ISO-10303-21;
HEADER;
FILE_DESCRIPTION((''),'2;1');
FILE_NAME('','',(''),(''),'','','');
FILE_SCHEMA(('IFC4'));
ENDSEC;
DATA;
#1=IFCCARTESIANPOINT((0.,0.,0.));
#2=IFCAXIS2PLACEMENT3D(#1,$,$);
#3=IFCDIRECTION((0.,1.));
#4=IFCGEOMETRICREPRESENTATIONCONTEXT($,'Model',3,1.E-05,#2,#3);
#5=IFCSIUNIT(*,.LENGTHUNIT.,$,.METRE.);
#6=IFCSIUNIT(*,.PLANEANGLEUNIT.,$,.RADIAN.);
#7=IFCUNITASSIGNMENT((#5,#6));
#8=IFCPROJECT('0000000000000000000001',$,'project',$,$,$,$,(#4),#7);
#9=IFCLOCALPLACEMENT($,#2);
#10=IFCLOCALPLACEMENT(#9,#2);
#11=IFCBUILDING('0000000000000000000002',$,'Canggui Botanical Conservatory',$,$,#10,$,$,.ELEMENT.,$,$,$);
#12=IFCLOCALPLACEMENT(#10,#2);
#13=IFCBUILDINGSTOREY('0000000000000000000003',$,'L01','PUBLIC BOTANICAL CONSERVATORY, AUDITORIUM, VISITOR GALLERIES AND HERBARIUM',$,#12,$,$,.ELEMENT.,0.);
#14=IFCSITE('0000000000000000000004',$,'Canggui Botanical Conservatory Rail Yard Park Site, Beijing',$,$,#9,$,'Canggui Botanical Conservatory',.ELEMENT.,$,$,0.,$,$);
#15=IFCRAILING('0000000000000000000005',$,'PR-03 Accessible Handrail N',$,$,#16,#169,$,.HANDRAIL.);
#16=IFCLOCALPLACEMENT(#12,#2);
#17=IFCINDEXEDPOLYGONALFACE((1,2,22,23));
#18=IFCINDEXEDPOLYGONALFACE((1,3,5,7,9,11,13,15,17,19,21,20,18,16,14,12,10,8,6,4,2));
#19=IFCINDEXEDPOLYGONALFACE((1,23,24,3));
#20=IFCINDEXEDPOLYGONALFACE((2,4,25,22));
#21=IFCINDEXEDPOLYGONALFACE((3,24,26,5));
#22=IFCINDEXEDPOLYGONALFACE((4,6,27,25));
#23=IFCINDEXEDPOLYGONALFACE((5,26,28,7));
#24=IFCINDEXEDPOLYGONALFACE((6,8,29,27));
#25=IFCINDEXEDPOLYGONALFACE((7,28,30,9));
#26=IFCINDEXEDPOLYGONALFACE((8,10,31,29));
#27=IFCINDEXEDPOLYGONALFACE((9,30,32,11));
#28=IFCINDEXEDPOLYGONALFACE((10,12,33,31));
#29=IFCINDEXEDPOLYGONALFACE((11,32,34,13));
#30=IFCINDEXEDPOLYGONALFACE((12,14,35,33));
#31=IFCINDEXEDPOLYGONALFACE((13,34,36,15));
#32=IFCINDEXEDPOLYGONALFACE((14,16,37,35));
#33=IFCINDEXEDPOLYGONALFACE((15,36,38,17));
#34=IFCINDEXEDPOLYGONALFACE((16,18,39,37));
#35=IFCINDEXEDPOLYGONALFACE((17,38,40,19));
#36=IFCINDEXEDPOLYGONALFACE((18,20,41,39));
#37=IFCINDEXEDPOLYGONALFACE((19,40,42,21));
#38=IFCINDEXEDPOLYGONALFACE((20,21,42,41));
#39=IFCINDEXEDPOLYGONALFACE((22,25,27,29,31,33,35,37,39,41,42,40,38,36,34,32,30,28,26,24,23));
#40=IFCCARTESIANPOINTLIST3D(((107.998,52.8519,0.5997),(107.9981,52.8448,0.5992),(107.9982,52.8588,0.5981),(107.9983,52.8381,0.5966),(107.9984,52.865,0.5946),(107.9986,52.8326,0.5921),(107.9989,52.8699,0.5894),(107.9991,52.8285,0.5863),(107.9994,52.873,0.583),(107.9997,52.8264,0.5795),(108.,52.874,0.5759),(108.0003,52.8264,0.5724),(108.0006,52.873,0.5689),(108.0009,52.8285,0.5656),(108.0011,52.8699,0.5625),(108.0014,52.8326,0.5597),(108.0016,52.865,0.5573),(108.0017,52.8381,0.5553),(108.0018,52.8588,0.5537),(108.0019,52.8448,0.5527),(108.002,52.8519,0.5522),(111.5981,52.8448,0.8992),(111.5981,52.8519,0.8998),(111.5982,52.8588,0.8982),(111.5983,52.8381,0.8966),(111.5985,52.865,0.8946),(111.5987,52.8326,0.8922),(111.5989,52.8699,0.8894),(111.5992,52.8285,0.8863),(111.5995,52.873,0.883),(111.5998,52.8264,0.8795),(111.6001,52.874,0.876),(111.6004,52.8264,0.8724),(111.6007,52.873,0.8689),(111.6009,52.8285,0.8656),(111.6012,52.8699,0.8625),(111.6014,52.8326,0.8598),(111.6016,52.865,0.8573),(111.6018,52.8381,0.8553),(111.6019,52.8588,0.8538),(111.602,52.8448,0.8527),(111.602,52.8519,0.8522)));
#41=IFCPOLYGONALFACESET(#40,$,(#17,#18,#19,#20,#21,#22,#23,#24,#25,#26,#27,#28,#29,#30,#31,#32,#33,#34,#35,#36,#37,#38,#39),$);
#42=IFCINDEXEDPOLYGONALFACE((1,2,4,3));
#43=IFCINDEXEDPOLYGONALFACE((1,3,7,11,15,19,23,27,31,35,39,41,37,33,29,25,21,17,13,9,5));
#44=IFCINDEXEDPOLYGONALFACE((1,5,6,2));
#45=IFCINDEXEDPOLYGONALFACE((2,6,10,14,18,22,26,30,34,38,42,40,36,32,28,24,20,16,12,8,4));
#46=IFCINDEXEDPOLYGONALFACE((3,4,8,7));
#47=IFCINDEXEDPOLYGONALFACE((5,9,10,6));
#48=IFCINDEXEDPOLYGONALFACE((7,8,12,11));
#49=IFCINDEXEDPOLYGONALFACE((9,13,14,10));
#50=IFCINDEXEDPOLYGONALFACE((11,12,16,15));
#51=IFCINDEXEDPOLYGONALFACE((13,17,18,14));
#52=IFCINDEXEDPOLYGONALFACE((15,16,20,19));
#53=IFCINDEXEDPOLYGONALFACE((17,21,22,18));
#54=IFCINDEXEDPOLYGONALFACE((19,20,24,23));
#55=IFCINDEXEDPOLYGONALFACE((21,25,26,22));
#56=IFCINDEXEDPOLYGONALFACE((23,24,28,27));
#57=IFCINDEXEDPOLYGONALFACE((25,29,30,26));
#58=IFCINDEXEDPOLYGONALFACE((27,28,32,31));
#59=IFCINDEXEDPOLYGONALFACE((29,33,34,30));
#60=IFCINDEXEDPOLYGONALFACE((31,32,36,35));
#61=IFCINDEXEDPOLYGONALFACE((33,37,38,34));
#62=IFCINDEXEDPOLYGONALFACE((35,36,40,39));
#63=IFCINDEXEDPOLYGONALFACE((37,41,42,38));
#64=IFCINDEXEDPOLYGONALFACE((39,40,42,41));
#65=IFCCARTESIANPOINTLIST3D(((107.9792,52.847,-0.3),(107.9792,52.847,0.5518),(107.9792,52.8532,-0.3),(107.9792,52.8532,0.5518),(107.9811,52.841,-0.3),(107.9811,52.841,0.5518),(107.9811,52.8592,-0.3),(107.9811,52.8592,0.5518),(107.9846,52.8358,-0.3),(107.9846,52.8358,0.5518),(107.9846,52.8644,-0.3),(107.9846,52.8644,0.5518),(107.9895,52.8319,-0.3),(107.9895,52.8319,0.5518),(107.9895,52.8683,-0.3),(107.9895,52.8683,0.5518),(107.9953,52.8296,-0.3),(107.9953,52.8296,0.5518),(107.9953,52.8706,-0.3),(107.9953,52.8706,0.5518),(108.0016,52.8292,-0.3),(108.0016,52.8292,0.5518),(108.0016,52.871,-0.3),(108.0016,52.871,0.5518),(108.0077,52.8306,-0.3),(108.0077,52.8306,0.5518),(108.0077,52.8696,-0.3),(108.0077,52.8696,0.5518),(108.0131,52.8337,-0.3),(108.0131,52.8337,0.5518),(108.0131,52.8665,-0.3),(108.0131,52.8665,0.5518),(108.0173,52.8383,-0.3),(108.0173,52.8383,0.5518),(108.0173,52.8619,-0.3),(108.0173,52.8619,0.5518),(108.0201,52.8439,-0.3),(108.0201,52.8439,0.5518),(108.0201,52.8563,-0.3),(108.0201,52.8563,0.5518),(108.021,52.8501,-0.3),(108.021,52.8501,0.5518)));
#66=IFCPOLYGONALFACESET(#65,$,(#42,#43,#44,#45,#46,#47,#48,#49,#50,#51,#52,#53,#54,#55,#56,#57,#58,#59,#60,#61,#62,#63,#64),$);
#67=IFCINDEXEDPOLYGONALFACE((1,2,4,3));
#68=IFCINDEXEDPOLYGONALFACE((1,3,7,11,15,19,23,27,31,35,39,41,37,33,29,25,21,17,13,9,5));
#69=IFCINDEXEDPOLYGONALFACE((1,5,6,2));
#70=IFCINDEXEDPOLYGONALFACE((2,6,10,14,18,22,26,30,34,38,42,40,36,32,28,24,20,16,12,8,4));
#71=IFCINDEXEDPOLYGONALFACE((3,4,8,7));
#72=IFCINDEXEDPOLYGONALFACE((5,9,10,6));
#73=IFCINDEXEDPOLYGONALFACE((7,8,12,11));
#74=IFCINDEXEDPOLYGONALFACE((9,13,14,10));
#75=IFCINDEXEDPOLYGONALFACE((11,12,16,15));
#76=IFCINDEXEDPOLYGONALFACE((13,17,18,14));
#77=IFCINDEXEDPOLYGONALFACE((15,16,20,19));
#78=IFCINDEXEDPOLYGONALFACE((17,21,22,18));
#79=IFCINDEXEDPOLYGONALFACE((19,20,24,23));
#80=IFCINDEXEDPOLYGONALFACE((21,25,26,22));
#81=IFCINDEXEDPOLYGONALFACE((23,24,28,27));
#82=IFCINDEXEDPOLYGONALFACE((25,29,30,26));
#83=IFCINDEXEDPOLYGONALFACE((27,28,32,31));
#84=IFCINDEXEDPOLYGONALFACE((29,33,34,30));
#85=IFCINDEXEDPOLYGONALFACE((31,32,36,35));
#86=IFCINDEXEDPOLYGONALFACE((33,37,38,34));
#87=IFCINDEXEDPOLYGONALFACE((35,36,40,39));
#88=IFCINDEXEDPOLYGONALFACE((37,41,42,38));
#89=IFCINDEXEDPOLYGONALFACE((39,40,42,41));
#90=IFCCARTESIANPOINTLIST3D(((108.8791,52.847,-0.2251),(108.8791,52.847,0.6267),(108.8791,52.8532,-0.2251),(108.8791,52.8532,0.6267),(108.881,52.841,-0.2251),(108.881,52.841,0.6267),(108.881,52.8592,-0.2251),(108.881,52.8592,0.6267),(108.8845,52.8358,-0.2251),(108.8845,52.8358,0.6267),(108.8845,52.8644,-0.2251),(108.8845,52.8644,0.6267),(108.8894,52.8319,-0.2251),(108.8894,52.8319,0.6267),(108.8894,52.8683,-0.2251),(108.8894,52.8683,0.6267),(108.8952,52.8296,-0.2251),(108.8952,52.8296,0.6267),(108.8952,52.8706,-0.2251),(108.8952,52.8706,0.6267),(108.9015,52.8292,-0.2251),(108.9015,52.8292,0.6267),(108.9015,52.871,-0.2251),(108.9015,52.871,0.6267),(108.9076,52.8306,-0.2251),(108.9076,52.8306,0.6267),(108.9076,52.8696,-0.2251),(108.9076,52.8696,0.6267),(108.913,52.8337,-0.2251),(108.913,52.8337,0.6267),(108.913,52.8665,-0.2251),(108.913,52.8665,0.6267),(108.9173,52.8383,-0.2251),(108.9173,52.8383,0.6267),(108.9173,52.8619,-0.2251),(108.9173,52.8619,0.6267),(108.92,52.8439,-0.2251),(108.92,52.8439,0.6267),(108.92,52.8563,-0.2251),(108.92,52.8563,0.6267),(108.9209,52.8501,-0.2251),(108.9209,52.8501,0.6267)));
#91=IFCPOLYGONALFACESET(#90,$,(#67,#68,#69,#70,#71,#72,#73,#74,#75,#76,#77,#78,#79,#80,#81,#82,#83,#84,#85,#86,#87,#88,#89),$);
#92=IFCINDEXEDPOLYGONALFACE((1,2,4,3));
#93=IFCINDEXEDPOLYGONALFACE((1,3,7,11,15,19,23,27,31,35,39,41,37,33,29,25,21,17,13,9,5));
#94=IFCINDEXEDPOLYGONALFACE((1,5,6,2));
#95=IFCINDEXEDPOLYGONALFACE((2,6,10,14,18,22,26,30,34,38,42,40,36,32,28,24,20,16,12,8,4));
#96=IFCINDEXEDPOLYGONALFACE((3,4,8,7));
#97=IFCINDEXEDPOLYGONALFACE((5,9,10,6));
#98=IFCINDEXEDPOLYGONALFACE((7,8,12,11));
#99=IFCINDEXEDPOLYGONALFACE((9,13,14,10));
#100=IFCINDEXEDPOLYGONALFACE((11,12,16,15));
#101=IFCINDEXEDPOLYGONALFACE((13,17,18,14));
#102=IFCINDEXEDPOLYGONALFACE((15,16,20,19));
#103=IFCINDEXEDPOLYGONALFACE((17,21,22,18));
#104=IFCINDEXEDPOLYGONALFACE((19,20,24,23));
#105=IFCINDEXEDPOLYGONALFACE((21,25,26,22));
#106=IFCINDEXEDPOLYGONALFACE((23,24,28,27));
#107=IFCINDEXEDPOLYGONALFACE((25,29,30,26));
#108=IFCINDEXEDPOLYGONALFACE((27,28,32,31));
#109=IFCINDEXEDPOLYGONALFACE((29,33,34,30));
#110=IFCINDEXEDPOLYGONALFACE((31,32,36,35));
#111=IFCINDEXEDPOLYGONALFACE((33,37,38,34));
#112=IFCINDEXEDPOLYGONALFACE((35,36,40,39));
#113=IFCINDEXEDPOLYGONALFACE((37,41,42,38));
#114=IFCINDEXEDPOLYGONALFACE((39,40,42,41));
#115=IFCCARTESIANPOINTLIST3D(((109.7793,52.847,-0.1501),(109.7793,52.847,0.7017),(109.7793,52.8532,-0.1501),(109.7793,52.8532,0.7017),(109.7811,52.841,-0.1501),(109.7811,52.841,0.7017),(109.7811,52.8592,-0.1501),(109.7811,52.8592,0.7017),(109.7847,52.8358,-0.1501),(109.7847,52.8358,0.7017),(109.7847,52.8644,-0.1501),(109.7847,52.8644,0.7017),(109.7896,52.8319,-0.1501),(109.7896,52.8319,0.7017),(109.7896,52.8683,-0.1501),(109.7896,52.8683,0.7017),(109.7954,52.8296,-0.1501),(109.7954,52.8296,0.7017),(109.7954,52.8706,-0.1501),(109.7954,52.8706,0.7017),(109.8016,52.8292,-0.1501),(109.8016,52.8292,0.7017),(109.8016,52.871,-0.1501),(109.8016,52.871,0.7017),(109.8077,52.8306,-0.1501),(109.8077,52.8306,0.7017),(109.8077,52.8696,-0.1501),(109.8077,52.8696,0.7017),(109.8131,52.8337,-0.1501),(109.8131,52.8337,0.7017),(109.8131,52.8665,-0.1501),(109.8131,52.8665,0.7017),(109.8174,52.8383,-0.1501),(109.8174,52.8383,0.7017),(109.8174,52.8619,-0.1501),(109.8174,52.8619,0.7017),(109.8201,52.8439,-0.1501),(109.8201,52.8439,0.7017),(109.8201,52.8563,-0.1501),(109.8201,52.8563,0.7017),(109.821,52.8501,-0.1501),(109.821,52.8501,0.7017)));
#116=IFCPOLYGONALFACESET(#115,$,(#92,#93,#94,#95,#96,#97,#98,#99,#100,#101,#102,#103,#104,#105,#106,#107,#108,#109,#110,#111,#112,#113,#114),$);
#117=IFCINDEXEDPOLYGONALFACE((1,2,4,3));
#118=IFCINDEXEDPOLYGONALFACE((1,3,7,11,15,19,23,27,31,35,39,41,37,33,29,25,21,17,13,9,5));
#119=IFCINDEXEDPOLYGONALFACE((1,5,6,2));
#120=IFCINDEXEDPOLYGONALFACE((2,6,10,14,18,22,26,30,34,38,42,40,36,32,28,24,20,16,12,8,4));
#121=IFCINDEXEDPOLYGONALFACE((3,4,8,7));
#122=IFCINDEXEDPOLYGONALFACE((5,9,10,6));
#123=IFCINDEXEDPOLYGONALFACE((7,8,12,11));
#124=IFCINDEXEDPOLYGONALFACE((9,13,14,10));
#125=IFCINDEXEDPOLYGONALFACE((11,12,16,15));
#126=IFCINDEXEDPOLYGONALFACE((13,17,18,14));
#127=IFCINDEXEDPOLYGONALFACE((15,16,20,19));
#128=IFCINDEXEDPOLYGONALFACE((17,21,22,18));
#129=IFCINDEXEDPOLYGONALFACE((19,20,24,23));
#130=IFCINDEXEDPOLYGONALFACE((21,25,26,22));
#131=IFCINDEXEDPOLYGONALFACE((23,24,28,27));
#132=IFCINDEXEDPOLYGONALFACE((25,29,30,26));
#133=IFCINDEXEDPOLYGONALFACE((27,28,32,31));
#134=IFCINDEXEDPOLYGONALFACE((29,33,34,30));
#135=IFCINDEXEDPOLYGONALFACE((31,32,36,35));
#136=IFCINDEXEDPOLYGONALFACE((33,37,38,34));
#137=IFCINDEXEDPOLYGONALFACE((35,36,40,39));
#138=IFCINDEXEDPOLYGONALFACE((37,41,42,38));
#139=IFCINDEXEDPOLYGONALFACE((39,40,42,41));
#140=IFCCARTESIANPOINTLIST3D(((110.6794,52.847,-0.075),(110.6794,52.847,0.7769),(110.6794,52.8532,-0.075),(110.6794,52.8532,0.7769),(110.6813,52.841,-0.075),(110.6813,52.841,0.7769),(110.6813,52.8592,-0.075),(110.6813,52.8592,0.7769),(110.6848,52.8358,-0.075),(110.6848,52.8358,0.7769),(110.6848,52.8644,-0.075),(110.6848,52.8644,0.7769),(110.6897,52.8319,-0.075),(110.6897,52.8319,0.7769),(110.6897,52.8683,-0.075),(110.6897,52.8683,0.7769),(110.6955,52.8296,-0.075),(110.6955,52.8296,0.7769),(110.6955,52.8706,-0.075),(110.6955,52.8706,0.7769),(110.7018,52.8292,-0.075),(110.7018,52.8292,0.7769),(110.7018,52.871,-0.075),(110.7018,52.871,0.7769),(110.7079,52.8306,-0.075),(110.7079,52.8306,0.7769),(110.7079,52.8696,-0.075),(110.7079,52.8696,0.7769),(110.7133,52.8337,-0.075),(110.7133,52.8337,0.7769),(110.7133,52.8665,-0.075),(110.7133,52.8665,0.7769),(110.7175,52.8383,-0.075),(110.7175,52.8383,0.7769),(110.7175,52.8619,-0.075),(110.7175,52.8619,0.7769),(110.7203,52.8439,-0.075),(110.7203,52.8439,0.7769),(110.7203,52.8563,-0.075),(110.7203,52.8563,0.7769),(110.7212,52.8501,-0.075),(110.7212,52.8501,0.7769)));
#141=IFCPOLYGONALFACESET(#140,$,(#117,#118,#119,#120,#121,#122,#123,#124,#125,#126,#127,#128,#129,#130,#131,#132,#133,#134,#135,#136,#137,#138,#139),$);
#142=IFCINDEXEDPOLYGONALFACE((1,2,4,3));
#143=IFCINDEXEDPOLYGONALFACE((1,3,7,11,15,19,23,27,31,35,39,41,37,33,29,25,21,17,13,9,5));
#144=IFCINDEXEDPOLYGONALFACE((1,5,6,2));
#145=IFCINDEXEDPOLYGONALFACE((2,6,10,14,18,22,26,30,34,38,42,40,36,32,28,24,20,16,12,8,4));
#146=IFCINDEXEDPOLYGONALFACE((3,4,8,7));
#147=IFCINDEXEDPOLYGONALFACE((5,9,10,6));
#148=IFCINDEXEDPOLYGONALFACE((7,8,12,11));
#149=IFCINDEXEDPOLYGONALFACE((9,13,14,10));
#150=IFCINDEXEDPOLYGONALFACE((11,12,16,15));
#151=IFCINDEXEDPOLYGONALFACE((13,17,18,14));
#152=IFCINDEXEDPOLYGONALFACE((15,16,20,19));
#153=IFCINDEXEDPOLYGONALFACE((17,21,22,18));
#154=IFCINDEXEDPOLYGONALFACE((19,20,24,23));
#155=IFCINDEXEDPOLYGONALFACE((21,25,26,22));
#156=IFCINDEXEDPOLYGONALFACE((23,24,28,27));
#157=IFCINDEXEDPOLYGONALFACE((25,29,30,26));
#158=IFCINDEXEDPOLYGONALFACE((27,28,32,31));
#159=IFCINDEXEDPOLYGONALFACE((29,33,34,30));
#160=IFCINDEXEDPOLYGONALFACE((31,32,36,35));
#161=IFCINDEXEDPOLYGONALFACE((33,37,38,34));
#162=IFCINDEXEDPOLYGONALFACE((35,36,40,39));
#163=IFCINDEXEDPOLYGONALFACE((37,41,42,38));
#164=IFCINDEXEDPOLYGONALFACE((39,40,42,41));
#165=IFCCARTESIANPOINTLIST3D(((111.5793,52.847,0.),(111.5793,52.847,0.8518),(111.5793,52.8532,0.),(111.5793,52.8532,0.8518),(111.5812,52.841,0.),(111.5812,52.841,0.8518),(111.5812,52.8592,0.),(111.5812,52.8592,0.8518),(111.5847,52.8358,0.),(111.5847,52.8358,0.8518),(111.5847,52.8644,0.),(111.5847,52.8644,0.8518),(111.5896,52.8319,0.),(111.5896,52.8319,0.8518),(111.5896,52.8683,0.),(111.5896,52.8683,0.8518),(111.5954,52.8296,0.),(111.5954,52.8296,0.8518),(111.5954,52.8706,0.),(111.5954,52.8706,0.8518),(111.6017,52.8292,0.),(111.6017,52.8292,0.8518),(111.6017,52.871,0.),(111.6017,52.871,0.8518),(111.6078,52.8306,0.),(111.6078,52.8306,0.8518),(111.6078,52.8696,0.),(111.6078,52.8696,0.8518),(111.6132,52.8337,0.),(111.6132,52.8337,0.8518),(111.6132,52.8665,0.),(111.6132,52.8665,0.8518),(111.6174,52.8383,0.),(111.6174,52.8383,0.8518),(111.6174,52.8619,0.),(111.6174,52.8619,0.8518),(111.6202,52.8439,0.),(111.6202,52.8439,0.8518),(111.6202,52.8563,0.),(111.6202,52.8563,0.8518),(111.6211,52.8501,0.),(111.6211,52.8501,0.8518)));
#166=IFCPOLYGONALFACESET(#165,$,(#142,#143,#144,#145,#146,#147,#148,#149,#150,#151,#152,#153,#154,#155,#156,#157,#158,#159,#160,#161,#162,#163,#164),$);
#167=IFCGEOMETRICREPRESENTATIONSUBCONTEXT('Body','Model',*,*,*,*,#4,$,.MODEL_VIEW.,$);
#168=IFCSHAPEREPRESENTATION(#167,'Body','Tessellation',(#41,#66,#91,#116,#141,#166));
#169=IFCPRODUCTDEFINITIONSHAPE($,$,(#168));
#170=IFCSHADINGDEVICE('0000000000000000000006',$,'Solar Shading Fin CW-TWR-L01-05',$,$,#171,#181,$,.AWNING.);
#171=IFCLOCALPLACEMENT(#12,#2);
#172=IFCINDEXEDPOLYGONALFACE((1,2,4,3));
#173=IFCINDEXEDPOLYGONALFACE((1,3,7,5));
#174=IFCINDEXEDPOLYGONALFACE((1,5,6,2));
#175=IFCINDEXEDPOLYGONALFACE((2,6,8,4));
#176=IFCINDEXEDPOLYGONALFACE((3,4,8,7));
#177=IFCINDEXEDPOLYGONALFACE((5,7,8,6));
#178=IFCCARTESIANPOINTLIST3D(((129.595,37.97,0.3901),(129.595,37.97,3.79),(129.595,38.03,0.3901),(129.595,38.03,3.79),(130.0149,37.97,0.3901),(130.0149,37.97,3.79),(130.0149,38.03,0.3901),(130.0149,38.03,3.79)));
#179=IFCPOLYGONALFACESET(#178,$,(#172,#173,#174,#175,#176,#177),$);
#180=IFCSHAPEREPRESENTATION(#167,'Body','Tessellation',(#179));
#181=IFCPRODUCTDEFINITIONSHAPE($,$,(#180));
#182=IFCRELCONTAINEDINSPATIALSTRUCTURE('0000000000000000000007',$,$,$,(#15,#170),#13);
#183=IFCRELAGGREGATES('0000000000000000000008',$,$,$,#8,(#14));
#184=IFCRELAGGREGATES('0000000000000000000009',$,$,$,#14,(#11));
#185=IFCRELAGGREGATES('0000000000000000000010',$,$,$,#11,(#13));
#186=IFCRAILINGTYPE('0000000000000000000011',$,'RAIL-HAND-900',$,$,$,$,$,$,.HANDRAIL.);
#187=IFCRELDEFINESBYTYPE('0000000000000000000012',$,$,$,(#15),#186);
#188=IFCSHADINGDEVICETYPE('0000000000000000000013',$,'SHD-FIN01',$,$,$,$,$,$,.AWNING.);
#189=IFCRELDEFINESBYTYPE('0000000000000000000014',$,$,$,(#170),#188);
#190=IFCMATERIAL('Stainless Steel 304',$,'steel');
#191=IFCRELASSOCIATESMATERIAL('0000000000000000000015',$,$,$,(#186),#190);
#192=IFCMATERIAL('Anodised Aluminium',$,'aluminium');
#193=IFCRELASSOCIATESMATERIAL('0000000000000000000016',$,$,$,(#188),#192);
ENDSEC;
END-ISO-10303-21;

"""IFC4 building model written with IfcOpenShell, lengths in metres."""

from ifc_helpers import new_model, si_unit, direction, frame, origin, origin_2d, place, context, subcontext, project, spatial, rectangle, circle, extrude, material, type_object, element, save


model = new_model("IFC4")

# Units and contexts
model_context = context("Model", 3, precision=1e-05, world=origin(), true_north=direction((0.0, 1.0)))
body_context = subcontext(model_context, "Body", "Model", "MODEL_VIEW")
ifc_project = project(units=[si_unit("LENGTHUNIT", "METRE"), si_unit("PLANEANGLEUNIT", "RADIAN")], contexts=[model_context])

# Site, building, storey
site_placement = place(None, origin())
site = spatial("IfcSite", under=ifc_project, at=site_placement, Name="Canggui Botanical Conservatory Rail Yard Park Site, Beijing", LongName="Canggui Botanical Conservatory", CompositionType="ELEMENT", RefElevation=0.0)
building_placement = place(site_placement, origin())
building = spatial("IfcBuilding", under=site, at=building_placement, Name="Canggui Botanical Conservatory", CompositionType="ELEMENT")
storey_placement = place(building_placement, origin())
storey = spatial("IfcBuildingStorey", under=building, at=storey_placement, Name="L01", Description="PUBLIC BOTANICAL CONSERVATORY, AUDITORIUM, VISITOR GALLERIES AND HERBARIUM", CompositionType="ELEMENT", Elevation=0.0)

# Railing
ifc_material_1 = material(Name="Stainless Steel 304", Category="steel")
railing_type = type_object("IfcRailingType", Name="RAIL-HAND-900", PredefinedType="HANDRAIL", material=ifc_material_1)
railing_placement = place(storey_placement, frame((108.0, 52.8501, -0.3)))
element("IfcRailing", 1, at=railing_placement, inside=storey, type_object=railing_type, Name="PR-03 Accessible Handrail N", PredefinedType="HANDRAIL", context=body_context, shape_type="SweptSolid", body=[
    extrude(circle(Radius=0.0239, at=origin_2d()), frame((0.0, 0.0, 0.876), z_axis=(0.996545, 0.0, 0.083057), x_axis=(0.0, 1.0, 0.0)), (0.0, 0.0, 1.0), 3.6125),
    extrude(circle(Radius=0.021, at=origin_2d()), origin(), (0.0, 0.0, 1.0), 0.8518),
    extrude(circle(Radius=0.021, at=origin_2d()), frame((0.8999, 0.0, 0.075)), (0.0, 0.0, 1.0), 0.8518),
    extrude(circle(Radius=0.021, at=origin_2d()), frame((1.8, 0.0, 0.1499)), (0.0, 0.0, 1.0), 0.8518),
    extrude(circle(Radius=0.021, at=origin_2d()), frame((2.7002, 0.0, 0.2251)), (0.0, 0.0, 1.0), 0.8518),
    extrude(circle(Radius=0.021, at=origin_2d()), frame((3.6001, 0.0, 0.3)), (0.0, 0.0, 1.0), 0.8518),
])

# Shading device
ifc_material_2 = material(Name="Anodised Aluminium", Category="aluminium")
shading_device_type = type_object("IfcShadingDeviceType", Name="SHD-FIN01", PredefinedType="AWNING", material=ifc_material_2)
shading_device_placement = place(storey_placement, frame((129.8049, 38.0, 0.3901), z_axis=(0.0, 0.0, 1.0), x_axis=(0.0, 1.0, 0.0)))
element("IfcShadingDevice", 2, at=shading_device_placement, inside=storey, type_object=shading_device_type, Name="Solar Shading Fin CW-TWR-L01-05", PredefinedType="AWNING", context=body_context, shape_type="SweptSolid", body=[
    extrude(rectangle(XDim=0.0601, YDim=0.4199, at=origin_2d()), origin(), (0.0, 0.0, 1.0), 3.3999),
])

save(model, "model.ifc")
